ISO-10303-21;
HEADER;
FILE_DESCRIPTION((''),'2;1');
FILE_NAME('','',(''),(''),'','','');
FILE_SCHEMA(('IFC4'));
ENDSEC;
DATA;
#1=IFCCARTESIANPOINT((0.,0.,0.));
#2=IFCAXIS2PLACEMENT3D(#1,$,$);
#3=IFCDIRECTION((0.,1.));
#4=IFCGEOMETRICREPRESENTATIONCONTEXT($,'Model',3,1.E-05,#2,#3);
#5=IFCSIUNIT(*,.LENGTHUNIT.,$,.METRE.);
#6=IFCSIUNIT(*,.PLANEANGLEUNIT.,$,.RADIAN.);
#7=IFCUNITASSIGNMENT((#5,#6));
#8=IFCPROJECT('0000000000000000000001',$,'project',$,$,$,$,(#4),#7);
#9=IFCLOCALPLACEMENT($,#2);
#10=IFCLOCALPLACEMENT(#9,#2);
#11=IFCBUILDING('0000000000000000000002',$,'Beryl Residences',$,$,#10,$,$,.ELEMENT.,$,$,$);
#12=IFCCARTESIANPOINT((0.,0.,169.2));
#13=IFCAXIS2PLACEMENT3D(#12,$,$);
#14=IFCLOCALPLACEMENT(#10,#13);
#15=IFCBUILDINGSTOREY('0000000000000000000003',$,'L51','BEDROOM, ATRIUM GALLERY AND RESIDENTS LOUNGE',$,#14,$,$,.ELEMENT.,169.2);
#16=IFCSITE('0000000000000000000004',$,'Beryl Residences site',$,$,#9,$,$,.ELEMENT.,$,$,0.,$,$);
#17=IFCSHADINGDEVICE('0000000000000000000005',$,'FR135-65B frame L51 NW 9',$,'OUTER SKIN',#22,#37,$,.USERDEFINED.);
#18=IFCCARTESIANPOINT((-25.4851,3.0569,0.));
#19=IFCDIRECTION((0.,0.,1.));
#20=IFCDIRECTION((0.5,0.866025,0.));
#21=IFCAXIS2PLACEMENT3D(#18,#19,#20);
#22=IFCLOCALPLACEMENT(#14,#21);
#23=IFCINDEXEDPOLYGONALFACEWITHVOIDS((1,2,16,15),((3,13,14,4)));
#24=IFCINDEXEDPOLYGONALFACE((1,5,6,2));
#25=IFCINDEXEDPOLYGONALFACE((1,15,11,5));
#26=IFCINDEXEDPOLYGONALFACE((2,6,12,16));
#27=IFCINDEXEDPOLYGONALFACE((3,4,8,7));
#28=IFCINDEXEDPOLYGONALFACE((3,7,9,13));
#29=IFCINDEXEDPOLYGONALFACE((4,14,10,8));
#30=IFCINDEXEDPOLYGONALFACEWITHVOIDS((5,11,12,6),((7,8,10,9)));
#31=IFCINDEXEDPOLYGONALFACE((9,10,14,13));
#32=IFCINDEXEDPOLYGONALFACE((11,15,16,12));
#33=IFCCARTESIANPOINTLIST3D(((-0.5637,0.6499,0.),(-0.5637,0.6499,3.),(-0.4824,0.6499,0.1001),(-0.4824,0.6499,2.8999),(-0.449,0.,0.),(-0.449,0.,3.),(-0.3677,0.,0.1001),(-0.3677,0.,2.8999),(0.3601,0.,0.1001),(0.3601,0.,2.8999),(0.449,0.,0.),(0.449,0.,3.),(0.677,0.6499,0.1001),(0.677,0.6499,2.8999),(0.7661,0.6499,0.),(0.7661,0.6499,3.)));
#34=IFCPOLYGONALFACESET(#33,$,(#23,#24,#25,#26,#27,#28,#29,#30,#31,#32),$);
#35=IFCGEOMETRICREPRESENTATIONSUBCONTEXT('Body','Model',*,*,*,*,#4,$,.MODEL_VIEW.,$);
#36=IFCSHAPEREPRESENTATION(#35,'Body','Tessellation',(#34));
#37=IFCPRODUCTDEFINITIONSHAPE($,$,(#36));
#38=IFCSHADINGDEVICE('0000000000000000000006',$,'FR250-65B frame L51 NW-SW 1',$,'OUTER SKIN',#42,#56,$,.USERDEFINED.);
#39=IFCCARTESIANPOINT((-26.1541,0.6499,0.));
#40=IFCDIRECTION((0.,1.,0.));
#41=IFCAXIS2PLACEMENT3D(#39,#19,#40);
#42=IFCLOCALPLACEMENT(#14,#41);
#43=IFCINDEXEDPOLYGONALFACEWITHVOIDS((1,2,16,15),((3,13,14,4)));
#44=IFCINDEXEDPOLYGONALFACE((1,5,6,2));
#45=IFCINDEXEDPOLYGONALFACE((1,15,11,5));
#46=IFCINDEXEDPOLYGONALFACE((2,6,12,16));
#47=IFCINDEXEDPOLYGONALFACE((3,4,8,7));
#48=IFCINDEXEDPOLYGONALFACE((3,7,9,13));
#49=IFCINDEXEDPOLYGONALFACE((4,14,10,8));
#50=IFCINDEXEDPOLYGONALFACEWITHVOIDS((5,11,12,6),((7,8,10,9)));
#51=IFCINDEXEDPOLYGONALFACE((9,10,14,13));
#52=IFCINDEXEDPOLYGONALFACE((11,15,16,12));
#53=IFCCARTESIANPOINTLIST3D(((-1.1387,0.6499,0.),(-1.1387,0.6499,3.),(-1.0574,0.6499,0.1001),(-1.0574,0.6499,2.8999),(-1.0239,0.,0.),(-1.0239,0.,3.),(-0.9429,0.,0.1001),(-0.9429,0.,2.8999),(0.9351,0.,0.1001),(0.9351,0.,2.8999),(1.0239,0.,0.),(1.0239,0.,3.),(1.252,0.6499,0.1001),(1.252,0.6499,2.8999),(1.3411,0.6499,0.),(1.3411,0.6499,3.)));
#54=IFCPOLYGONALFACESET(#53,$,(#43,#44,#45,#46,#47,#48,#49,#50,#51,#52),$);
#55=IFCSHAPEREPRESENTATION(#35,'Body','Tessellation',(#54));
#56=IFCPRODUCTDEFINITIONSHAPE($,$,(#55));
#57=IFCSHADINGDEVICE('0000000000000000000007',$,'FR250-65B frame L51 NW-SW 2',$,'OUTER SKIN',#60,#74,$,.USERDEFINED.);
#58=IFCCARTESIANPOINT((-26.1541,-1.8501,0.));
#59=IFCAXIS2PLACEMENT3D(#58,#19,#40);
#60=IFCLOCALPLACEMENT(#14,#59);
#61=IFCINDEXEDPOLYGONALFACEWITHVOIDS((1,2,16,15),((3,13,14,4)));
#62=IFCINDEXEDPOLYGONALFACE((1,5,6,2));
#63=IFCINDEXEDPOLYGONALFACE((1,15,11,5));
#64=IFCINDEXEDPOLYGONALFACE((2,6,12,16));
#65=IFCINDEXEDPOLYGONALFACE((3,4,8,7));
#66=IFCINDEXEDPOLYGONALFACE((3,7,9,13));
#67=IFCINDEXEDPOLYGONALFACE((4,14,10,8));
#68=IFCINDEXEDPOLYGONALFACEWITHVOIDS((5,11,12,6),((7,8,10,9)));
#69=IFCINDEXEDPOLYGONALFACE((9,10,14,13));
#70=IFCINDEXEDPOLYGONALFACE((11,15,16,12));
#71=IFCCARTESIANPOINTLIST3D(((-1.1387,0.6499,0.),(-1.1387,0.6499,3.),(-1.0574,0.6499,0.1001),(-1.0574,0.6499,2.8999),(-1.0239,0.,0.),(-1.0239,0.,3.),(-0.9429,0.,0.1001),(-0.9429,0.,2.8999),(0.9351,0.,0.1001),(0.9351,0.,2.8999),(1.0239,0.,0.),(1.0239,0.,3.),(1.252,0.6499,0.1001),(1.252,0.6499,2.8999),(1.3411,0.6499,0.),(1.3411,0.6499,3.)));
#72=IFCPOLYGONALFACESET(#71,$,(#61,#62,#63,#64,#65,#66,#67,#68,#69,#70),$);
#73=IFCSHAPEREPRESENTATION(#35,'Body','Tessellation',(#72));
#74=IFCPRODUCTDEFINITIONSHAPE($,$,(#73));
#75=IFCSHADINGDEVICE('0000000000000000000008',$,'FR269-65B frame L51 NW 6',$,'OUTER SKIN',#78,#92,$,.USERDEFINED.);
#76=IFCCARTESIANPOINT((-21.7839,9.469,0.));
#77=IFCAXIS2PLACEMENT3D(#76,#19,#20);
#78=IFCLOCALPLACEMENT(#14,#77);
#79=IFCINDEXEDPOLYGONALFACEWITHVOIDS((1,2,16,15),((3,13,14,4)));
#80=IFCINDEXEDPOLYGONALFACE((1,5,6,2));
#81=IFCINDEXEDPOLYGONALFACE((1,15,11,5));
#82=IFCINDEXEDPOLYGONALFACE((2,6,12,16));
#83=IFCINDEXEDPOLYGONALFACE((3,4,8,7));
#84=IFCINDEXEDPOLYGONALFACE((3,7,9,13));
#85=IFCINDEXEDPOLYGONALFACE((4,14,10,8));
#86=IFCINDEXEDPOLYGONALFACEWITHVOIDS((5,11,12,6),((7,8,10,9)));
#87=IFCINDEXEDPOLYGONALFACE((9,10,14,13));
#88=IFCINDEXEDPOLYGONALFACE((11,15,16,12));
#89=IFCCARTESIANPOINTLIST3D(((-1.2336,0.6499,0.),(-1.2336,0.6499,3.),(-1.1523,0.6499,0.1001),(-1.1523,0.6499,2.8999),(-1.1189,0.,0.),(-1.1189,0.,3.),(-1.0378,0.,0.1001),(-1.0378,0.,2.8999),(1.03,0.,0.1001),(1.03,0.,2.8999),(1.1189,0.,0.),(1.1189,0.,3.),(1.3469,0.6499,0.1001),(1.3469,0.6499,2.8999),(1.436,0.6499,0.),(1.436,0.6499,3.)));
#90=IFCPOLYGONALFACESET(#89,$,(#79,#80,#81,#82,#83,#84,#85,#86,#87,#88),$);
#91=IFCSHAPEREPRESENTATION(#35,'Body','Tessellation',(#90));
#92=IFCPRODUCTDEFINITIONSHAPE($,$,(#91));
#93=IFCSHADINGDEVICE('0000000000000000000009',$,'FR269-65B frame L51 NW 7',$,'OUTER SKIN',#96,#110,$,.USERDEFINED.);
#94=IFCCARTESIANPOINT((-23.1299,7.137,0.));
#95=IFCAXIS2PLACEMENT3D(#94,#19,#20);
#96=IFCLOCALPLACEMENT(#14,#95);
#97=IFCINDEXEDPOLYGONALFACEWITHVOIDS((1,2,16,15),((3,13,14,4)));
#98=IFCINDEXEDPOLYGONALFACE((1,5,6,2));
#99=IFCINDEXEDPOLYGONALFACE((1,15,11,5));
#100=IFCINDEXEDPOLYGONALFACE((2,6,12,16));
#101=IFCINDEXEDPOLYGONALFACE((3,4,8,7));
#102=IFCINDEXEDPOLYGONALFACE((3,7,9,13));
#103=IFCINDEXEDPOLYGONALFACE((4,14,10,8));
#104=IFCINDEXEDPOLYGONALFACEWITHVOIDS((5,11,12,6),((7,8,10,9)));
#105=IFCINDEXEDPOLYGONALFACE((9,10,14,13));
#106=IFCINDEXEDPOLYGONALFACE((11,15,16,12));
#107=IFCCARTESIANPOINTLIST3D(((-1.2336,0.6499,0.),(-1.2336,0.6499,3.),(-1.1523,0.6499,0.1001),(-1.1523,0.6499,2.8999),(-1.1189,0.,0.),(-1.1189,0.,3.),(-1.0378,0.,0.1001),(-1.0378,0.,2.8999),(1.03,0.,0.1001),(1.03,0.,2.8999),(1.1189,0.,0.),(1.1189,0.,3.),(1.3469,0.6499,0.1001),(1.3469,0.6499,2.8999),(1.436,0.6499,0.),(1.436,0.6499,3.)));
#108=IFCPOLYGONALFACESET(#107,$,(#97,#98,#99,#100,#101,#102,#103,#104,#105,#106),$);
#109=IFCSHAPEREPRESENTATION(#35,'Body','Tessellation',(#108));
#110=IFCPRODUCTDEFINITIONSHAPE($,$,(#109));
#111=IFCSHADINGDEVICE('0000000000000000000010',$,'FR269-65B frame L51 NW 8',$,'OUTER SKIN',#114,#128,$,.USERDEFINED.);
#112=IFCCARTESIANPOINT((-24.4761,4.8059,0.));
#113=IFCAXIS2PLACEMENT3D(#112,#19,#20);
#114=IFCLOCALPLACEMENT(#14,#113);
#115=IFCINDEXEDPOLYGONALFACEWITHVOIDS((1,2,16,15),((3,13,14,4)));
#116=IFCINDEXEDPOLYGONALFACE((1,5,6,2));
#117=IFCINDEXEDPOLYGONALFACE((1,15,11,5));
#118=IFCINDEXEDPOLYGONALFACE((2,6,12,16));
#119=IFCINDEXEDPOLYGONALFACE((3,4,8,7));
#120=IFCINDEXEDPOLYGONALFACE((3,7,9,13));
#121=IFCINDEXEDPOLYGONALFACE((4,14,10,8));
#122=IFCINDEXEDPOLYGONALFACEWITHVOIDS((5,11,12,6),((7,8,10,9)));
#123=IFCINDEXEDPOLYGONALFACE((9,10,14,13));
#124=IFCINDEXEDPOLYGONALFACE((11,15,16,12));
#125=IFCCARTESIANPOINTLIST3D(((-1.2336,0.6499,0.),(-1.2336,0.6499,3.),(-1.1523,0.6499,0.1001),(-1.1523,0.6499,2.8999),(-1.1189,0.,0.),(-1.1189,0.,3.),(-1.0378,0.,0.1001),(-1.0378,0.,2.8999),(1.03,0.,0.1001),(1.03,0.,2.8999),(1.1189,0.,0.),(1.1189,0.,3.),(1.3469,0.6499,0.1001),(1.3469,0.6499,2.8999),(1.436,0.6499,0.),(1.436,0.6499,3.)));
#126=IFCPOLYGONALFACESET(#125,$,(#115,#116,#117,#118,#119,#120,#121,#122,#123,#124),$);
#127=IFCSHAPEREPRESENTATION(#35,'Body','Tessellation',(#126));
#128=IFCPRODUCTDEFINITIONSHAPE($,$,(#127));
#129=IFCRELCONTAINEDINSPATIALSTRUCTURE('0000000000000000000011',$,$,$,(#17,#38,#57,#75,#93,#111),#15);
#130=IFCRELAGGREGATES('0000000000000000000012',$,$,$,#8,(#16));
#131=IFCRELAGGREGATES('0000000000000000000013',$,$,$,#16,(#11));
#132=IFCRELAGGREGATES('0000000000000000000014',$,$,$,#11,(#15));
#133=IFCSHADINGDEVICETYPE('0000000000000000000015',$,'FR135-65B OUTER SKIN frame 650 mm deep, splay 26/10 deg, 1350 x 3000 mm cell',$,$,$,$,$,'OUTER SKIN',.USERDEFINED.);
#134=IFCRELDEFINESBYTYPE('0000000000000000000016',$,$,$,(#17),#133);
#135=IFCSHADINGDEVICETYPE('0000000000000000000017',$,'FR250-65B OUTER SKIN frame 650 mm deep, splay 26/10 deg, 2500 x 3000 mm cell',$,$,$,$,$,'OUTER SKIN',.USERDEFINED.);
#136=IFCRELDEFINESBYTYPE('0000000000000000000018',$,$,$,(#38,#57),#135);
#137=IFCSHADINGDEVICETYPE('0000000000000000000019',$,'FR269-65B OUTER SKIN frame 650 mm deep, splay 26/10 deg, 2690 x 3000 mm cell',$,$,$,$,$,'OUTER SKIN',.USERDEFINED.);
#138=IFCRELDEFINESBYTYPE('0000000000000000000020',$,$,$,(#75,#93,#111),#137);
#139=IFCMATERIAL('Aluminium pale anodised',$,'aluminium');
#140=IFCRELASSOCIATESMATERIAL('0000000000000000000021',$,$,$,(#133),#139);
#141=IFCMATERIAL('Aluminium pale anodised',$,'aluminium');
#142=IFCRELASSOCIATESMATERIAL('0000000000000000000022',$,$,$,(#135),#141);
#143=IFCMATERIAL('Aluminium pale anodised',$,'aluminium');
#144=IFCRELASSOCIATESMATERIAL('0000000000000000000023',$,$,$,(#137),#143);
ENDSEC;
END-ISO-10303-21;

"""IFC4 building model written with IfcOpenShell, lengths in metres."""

from ifc_helpers import new_model, entity, si_unit, direction, frame, origin, place, context, subcontext, project, spatial, source, transform, mapped, material, type_object, type_shapes, element, save


model = new_model("IFC4")

# Units and contexts
model_context = context("Model", 3, precision=1e-05, world=origin(), true_north=direction((0.0, 1.0)))
body_context = subcontext(model_context, "Body", "Model", "MODEL_VIEW")
ifc_project = project(units=[si_unit("LENGTHUNIT", "METRE"), si_unit("PLANEANGLEUNIT", "RADIAN")], contexts=[model_context])

# Site, building, storey
site_placement = place(None, origin())
site = spatial("IfcSite", under=ifc_project, at=site_placement, Name="Beryl Residences site", CompositionType="ELEMENT", RefElevation=0.0)
building_placement = place(site_placement, origin())
building = spatial("IfcBuilding", under=site, at=building_placement, Name="Beryl Residences", CompositionType="ELEMENT")
storey_placement = place(building_placement, frame((0.0, 0.0, 169.2)))
storey = spatial("IfcBuildingStorey", under=building, at=storey_placement, Name="L51", Description="BEDROOM, ATRIUM GALLERY AND RESIDENTS LOUNGE", CompositionType="ELEMENT", Elevation=169.2)

# Shading devices
ifc_material_1 = material(Name="Aluminium pale anodised", Category="aluminium")
shading_device_type_1 = type_object("IfcShadingDeviceType", Name="FR135-65B OUTER SKIN frame 650 mm deep, splay 26/10 deg, 1350 x 3000 mm cell", ElementType="OUTER SKIN", PredefinedType="USERDEFINED", material=ifc_material_1)
cartesian_point_1 = entity("IfcCartesianPoint", [-0.449, 0.0])
cartesian_point_2 = entity("IfcCartesianPoint", [-0.3601, 0.1001])
cartesian_point_3 = entity("IfcCartesianPoint", [-0.7661, 0.0])
cartesian_point_4 = entity("IfcCartesianPoint", [-0.677, 0.1001])
shared_shape_1 = source(origin(), body_context, "Body", "SweptSolid", [
    entity("IfcExtrudedAreaSolidTapered", entity("IfcArbitraryProfileDefWithVoids", "AREA", None, entity("IfcPolyline", [cartesian_point_1, entity("IfcCartesianPoint", [0.449, 0.0]), entity("IfcCartesianPoint", [0.449, 3.0]), entity("IfcCartesianPoint", [-0.449, 3.0]), cartesian_point_1]), [entity("IfcPolyline", [cartesian_point_2, entity("IfcCartesianPoint", [0.3677, 0.1001]), entity("IfcCartesianPoint", [0.3677, 2.8999]), entity("IfcCartesianPoint", [-0.3601, 2.8999]), cartesian_point_2])]), entity("IfcAxis2Placement3D", entity("IfcCartesianPoint", [0.0, 0.0, 0.0]), entity("IfcDirection", [0.0, 1.0, 0.0]), entity("IfcDirection", [-1.0, 0.0, 0.0])), entity("IfcDirection", [0.0, 0.0, 1.0]), 0.6499, entity("IfcArbitraryProfileDefWithVoids", "AREA", None, entity("IfcPolyline", [cartesian_point_3, entity("IfcCartesianPoint", [0.5637, 0.0]), entity("IfcCartesianPoint", [0.5637, 3.0]), entity("IfcCartesianPoint", [-0.7661, 3.0]), cartesian_point_3]), [entity("IfcPolyline", [cartesian_point_4, entity("IfcCartesianPoint", [0.4824, 0.1001]), entity("IfcCartesianPoint", [0.4824, 2.8999]), entity("IfcCartesianPoint", [-0.677, 2.8999]), cartesian_point_4])])),
])
type_shapes(shading_device_type_1, [shared_shape_1])
shading_device_placement = place(storey_placement, frame((-25.4851, 3.0569, 0.0), z_axis=(0.0, 0.0, 1.0), x_axis=(0.5, 0.866025, 0.0)))
element("IfcShadingDevice", 1, at=shading_device_placement, inside=storey, type_object=shading_device_type_1, Name="FR135-65B frame L51 NW 9", ObjectType="OUTER SKIN", PredefinedType="USERDEFINED", context=body_context, shape_type="MappedRepresentation", body=[
    mapped(shared_shape_1, transform((0.0, 0.0, 0.0))),
])
ifc_material_2 = material(Name="Aluminium pale anodised", Category="aluminium")
shading_device_type_2 = type_object("IfcShadingDeviceType", Name="FR250-65B OUTER SKIN frame 650 mm deep, splay 26/10 deg, 2500 x 3000 mm cell", ElementType="OUTER SKIN", PredefinedType="USERDEFINED", material=ifc_material_2)
cartesian_point_5 = entity("IfcCartesianPoint", [-1.0239, 0.0])
cartesian_point_6 = entity("IfcCartesianPoint", [-0.9351, 0.1001])
cartesian_point_7 = entity("IfcCartesianPoint", [-1.3411, 0.0])
cartesian_point_8 = entity("IfcCartesianPoint", [-1.252, 0.1001])
shared_shape_2 = source(origin(), body_context, "Body", "SweptSolid", [
    entity("IfcExtrudedAreaSolidTapered", entity("IfcArbitraryProfileDefWithVoids", "AREA", None, entity("IfcPolyline", [cartesian_point_5, entity("IfcCartesianPoint", [1.0239, 0.0]), entity("IfcCartesianPoint", [1.0239, 3.0]), entity("IfcCartesianPoint", [-1.0239, 3.0]), cartesian_point_5]), [entity("IfcPolyline", [cartesian_point_6, entity("IfcCartesianPoint", [0.9429, 0.1001]), entity("IfcCartesianPoint", [0.9429, 2.8999]), entity("IfcCartesianPoint", [-0.9351, 2.8999]), cartesian_point_6])]), entity("IfcAxis2Placement3D", entity("IfcCartesianPoint", [0.0, 0.0, 0.0]), entity("IfcDirection", [0.0, 1.0, 0.0]), entity("IfcDirection", [-1.0, 0.0, 0.0])), entity("IfcDirection", [0.0, 0.0, 1.0]), 0.6499, entity("IfcArbitraryProfileDefWithVoids", "AREA", None, entity("IfcPolyline", [cartesian_point_7, entity("IfcCartesianPoint", [1.1387, 0.0]), entity("IfcCartesianPoint", [1.1387, 3.0]), entity("IfcCartesianPoint", [-1.3411, 3.0]), cartesian_point_7]), [entity("IfcPolyline", [cartesian_point_8, entity("IfcCartesianPoint", [1.0574, 0.1001]), entity("IfcCartesianPoint", [1.0574, 2.8999]), entity("IfcCartesianPoint", [-1.252, 2.8999]), cartesian_point_8])])),
])
type_shapes(shading_device_type_2, [shared_shape_2])
for number, where, z_axis, x_axis, name in (
    (2, (-26.1541, 0.6499, 0.0), (0.0, 0.0, 1.0), (0.0, 1.0, 0.0), "FR250-65B frame L51 NW-SW 1"),
    (3, (-26.1541, -1.8501, 0.0), (0.0, 0.0, 1.0), (0.0, 1.0, 0.0), "FR250-65B frame L51 NW-SW 2"),
):
    element("IfcShadingDevice", number, at=place(storey_placement, frame(where, z_axis=z_axis, x_axis=x_axis)), inside=storey, type_object=shading_device_type_2, Name=name, ObjectType="OUTER SKIN", PredefinedType="USERDEFINED", context=body_context, shape_type="MappedRepresentation", body=[
        mapped(shared_shape_2, transform((0.0, 0.0, 0.0))),
    ])
ifc_material_3 = material(Name="Aluminium pale anodised", Category="aluminium")
shading_device_type_3 = type_object("IfcShadingDeviceType", Name="FR269-65B OUTER SKIN frame 650 mm deep, splay 26/10 deg, 2690 x 3000 mm cell", ElementType="OUTER SKIN", PredefinedType="USERDEFINED", material=ifc_material_3)
cartesian_point_9 = entity("IfcCartesianPoint", [-1.1189, 0.0])
cartesian_point_10 = entity("IfcCartesianPoint", [-1.03, 0.1001])
cartesian_point_11 = entity("IfcCartesianPoint", [-1.436, 0.0])
cartesian_point_12 = entity("IfcCartesianPoint", [-1.3469, 0.1001])
shared_shape_3 = source(origin(), body_context, "Body", "SweptSolid", [
    entity("IfcExtrudedAreaSolidTapered", entity("IfcArbitraryProfileDefWithVoids", "AREA", None, entity("IfcPolyline", [cartesian_point_9, entity("IfcCartesianPoint", [1.1189, 0.0]), entity("IfcCartesianPoint", [1.1189, 3.0]), entity("IfcCartesianPoint", [-1.1189, 3.0]), cartesian_point_9]), [entity("IfcPolyline", [cartesian_point_10, entity("IfcCartesianPoint", [1.0378, 0.1001]), entity("IfcCartesianPoint", [1.0378, 2.8999]), entity("IfcCartesianPoint", [-1.03, 2.8999]), cartesian_point_10])]), entity("IfcAxis2Placement3D", entity("IfcCartesianPoint", [0.0, 0.0, 0.0]), entity("IfcDirection", [0.0, 1.0, 0.0]), entity("IfcDirection", [-1.0, 0.0, 0.0])), entity("IfcDirection", [0.0, 0.0, 1.0]), 0.6499, entity("IfcArbitraryProfileDefWithVoids", "AREA", None, entity("IfcPolyline", [cartesian_point_11, entity("IfcCartesianPoint", [1.2336, 0.0]), entity("IfcCartesianPoint", [1.2336, 3.0]), entity("IfcCartesianPoint", [-1.436, 3.0]), cartesian_point_11]), [entity("IfcPolyline", [cartesian_point_12, entity("IfcCartesianPoint", [1.1523, 0.1001]), entity("IfcCartesianPoint", [1.1523, 2.8999]), entity("IfcCartesianPoint", [-1.3469, 2.8999]), cartesian_point_12])])),
])
type_shapes(shading_device_type_3, [shared_shape_3])
for number, where, z_axis, x_axis, name in (
    (4, (-21.7839, 9.469, 0.0), (0.0, 0.0, 1.0), (0.5, 0.866025, 0.0), "FR269-65B frame L51 NW 6"),
    (5, (-23.1299, 7.137, 0.0), (0.0, 0.0, 1.0), (0.5, 0.866025, 0.0), "FR269-65B frame L51 NW 7"),
    (6, (-24.4761, 4.8059, 0.0), (0.0, 0.0, 1.0), (0.5, 0.866025, 0.0), "FR269-65B frame L51 NW 8"),
):
    element("IfcShadingDevice", number, at=place(storey_placement, frame(where, z_axis=z_axis, x_axis=x_axis)), inside=storey, type_object=shading_device_type_3, Name=name, ObjectType="OUTER SKIN", PredefinedType="USERDEFINED", context=body_context, shape_type="MappedRepresentation", body=[
        mapped(shared_shape_3, transform((0.0, 0.0, 0.0))),
    ])

save(model, "model.ifc")
